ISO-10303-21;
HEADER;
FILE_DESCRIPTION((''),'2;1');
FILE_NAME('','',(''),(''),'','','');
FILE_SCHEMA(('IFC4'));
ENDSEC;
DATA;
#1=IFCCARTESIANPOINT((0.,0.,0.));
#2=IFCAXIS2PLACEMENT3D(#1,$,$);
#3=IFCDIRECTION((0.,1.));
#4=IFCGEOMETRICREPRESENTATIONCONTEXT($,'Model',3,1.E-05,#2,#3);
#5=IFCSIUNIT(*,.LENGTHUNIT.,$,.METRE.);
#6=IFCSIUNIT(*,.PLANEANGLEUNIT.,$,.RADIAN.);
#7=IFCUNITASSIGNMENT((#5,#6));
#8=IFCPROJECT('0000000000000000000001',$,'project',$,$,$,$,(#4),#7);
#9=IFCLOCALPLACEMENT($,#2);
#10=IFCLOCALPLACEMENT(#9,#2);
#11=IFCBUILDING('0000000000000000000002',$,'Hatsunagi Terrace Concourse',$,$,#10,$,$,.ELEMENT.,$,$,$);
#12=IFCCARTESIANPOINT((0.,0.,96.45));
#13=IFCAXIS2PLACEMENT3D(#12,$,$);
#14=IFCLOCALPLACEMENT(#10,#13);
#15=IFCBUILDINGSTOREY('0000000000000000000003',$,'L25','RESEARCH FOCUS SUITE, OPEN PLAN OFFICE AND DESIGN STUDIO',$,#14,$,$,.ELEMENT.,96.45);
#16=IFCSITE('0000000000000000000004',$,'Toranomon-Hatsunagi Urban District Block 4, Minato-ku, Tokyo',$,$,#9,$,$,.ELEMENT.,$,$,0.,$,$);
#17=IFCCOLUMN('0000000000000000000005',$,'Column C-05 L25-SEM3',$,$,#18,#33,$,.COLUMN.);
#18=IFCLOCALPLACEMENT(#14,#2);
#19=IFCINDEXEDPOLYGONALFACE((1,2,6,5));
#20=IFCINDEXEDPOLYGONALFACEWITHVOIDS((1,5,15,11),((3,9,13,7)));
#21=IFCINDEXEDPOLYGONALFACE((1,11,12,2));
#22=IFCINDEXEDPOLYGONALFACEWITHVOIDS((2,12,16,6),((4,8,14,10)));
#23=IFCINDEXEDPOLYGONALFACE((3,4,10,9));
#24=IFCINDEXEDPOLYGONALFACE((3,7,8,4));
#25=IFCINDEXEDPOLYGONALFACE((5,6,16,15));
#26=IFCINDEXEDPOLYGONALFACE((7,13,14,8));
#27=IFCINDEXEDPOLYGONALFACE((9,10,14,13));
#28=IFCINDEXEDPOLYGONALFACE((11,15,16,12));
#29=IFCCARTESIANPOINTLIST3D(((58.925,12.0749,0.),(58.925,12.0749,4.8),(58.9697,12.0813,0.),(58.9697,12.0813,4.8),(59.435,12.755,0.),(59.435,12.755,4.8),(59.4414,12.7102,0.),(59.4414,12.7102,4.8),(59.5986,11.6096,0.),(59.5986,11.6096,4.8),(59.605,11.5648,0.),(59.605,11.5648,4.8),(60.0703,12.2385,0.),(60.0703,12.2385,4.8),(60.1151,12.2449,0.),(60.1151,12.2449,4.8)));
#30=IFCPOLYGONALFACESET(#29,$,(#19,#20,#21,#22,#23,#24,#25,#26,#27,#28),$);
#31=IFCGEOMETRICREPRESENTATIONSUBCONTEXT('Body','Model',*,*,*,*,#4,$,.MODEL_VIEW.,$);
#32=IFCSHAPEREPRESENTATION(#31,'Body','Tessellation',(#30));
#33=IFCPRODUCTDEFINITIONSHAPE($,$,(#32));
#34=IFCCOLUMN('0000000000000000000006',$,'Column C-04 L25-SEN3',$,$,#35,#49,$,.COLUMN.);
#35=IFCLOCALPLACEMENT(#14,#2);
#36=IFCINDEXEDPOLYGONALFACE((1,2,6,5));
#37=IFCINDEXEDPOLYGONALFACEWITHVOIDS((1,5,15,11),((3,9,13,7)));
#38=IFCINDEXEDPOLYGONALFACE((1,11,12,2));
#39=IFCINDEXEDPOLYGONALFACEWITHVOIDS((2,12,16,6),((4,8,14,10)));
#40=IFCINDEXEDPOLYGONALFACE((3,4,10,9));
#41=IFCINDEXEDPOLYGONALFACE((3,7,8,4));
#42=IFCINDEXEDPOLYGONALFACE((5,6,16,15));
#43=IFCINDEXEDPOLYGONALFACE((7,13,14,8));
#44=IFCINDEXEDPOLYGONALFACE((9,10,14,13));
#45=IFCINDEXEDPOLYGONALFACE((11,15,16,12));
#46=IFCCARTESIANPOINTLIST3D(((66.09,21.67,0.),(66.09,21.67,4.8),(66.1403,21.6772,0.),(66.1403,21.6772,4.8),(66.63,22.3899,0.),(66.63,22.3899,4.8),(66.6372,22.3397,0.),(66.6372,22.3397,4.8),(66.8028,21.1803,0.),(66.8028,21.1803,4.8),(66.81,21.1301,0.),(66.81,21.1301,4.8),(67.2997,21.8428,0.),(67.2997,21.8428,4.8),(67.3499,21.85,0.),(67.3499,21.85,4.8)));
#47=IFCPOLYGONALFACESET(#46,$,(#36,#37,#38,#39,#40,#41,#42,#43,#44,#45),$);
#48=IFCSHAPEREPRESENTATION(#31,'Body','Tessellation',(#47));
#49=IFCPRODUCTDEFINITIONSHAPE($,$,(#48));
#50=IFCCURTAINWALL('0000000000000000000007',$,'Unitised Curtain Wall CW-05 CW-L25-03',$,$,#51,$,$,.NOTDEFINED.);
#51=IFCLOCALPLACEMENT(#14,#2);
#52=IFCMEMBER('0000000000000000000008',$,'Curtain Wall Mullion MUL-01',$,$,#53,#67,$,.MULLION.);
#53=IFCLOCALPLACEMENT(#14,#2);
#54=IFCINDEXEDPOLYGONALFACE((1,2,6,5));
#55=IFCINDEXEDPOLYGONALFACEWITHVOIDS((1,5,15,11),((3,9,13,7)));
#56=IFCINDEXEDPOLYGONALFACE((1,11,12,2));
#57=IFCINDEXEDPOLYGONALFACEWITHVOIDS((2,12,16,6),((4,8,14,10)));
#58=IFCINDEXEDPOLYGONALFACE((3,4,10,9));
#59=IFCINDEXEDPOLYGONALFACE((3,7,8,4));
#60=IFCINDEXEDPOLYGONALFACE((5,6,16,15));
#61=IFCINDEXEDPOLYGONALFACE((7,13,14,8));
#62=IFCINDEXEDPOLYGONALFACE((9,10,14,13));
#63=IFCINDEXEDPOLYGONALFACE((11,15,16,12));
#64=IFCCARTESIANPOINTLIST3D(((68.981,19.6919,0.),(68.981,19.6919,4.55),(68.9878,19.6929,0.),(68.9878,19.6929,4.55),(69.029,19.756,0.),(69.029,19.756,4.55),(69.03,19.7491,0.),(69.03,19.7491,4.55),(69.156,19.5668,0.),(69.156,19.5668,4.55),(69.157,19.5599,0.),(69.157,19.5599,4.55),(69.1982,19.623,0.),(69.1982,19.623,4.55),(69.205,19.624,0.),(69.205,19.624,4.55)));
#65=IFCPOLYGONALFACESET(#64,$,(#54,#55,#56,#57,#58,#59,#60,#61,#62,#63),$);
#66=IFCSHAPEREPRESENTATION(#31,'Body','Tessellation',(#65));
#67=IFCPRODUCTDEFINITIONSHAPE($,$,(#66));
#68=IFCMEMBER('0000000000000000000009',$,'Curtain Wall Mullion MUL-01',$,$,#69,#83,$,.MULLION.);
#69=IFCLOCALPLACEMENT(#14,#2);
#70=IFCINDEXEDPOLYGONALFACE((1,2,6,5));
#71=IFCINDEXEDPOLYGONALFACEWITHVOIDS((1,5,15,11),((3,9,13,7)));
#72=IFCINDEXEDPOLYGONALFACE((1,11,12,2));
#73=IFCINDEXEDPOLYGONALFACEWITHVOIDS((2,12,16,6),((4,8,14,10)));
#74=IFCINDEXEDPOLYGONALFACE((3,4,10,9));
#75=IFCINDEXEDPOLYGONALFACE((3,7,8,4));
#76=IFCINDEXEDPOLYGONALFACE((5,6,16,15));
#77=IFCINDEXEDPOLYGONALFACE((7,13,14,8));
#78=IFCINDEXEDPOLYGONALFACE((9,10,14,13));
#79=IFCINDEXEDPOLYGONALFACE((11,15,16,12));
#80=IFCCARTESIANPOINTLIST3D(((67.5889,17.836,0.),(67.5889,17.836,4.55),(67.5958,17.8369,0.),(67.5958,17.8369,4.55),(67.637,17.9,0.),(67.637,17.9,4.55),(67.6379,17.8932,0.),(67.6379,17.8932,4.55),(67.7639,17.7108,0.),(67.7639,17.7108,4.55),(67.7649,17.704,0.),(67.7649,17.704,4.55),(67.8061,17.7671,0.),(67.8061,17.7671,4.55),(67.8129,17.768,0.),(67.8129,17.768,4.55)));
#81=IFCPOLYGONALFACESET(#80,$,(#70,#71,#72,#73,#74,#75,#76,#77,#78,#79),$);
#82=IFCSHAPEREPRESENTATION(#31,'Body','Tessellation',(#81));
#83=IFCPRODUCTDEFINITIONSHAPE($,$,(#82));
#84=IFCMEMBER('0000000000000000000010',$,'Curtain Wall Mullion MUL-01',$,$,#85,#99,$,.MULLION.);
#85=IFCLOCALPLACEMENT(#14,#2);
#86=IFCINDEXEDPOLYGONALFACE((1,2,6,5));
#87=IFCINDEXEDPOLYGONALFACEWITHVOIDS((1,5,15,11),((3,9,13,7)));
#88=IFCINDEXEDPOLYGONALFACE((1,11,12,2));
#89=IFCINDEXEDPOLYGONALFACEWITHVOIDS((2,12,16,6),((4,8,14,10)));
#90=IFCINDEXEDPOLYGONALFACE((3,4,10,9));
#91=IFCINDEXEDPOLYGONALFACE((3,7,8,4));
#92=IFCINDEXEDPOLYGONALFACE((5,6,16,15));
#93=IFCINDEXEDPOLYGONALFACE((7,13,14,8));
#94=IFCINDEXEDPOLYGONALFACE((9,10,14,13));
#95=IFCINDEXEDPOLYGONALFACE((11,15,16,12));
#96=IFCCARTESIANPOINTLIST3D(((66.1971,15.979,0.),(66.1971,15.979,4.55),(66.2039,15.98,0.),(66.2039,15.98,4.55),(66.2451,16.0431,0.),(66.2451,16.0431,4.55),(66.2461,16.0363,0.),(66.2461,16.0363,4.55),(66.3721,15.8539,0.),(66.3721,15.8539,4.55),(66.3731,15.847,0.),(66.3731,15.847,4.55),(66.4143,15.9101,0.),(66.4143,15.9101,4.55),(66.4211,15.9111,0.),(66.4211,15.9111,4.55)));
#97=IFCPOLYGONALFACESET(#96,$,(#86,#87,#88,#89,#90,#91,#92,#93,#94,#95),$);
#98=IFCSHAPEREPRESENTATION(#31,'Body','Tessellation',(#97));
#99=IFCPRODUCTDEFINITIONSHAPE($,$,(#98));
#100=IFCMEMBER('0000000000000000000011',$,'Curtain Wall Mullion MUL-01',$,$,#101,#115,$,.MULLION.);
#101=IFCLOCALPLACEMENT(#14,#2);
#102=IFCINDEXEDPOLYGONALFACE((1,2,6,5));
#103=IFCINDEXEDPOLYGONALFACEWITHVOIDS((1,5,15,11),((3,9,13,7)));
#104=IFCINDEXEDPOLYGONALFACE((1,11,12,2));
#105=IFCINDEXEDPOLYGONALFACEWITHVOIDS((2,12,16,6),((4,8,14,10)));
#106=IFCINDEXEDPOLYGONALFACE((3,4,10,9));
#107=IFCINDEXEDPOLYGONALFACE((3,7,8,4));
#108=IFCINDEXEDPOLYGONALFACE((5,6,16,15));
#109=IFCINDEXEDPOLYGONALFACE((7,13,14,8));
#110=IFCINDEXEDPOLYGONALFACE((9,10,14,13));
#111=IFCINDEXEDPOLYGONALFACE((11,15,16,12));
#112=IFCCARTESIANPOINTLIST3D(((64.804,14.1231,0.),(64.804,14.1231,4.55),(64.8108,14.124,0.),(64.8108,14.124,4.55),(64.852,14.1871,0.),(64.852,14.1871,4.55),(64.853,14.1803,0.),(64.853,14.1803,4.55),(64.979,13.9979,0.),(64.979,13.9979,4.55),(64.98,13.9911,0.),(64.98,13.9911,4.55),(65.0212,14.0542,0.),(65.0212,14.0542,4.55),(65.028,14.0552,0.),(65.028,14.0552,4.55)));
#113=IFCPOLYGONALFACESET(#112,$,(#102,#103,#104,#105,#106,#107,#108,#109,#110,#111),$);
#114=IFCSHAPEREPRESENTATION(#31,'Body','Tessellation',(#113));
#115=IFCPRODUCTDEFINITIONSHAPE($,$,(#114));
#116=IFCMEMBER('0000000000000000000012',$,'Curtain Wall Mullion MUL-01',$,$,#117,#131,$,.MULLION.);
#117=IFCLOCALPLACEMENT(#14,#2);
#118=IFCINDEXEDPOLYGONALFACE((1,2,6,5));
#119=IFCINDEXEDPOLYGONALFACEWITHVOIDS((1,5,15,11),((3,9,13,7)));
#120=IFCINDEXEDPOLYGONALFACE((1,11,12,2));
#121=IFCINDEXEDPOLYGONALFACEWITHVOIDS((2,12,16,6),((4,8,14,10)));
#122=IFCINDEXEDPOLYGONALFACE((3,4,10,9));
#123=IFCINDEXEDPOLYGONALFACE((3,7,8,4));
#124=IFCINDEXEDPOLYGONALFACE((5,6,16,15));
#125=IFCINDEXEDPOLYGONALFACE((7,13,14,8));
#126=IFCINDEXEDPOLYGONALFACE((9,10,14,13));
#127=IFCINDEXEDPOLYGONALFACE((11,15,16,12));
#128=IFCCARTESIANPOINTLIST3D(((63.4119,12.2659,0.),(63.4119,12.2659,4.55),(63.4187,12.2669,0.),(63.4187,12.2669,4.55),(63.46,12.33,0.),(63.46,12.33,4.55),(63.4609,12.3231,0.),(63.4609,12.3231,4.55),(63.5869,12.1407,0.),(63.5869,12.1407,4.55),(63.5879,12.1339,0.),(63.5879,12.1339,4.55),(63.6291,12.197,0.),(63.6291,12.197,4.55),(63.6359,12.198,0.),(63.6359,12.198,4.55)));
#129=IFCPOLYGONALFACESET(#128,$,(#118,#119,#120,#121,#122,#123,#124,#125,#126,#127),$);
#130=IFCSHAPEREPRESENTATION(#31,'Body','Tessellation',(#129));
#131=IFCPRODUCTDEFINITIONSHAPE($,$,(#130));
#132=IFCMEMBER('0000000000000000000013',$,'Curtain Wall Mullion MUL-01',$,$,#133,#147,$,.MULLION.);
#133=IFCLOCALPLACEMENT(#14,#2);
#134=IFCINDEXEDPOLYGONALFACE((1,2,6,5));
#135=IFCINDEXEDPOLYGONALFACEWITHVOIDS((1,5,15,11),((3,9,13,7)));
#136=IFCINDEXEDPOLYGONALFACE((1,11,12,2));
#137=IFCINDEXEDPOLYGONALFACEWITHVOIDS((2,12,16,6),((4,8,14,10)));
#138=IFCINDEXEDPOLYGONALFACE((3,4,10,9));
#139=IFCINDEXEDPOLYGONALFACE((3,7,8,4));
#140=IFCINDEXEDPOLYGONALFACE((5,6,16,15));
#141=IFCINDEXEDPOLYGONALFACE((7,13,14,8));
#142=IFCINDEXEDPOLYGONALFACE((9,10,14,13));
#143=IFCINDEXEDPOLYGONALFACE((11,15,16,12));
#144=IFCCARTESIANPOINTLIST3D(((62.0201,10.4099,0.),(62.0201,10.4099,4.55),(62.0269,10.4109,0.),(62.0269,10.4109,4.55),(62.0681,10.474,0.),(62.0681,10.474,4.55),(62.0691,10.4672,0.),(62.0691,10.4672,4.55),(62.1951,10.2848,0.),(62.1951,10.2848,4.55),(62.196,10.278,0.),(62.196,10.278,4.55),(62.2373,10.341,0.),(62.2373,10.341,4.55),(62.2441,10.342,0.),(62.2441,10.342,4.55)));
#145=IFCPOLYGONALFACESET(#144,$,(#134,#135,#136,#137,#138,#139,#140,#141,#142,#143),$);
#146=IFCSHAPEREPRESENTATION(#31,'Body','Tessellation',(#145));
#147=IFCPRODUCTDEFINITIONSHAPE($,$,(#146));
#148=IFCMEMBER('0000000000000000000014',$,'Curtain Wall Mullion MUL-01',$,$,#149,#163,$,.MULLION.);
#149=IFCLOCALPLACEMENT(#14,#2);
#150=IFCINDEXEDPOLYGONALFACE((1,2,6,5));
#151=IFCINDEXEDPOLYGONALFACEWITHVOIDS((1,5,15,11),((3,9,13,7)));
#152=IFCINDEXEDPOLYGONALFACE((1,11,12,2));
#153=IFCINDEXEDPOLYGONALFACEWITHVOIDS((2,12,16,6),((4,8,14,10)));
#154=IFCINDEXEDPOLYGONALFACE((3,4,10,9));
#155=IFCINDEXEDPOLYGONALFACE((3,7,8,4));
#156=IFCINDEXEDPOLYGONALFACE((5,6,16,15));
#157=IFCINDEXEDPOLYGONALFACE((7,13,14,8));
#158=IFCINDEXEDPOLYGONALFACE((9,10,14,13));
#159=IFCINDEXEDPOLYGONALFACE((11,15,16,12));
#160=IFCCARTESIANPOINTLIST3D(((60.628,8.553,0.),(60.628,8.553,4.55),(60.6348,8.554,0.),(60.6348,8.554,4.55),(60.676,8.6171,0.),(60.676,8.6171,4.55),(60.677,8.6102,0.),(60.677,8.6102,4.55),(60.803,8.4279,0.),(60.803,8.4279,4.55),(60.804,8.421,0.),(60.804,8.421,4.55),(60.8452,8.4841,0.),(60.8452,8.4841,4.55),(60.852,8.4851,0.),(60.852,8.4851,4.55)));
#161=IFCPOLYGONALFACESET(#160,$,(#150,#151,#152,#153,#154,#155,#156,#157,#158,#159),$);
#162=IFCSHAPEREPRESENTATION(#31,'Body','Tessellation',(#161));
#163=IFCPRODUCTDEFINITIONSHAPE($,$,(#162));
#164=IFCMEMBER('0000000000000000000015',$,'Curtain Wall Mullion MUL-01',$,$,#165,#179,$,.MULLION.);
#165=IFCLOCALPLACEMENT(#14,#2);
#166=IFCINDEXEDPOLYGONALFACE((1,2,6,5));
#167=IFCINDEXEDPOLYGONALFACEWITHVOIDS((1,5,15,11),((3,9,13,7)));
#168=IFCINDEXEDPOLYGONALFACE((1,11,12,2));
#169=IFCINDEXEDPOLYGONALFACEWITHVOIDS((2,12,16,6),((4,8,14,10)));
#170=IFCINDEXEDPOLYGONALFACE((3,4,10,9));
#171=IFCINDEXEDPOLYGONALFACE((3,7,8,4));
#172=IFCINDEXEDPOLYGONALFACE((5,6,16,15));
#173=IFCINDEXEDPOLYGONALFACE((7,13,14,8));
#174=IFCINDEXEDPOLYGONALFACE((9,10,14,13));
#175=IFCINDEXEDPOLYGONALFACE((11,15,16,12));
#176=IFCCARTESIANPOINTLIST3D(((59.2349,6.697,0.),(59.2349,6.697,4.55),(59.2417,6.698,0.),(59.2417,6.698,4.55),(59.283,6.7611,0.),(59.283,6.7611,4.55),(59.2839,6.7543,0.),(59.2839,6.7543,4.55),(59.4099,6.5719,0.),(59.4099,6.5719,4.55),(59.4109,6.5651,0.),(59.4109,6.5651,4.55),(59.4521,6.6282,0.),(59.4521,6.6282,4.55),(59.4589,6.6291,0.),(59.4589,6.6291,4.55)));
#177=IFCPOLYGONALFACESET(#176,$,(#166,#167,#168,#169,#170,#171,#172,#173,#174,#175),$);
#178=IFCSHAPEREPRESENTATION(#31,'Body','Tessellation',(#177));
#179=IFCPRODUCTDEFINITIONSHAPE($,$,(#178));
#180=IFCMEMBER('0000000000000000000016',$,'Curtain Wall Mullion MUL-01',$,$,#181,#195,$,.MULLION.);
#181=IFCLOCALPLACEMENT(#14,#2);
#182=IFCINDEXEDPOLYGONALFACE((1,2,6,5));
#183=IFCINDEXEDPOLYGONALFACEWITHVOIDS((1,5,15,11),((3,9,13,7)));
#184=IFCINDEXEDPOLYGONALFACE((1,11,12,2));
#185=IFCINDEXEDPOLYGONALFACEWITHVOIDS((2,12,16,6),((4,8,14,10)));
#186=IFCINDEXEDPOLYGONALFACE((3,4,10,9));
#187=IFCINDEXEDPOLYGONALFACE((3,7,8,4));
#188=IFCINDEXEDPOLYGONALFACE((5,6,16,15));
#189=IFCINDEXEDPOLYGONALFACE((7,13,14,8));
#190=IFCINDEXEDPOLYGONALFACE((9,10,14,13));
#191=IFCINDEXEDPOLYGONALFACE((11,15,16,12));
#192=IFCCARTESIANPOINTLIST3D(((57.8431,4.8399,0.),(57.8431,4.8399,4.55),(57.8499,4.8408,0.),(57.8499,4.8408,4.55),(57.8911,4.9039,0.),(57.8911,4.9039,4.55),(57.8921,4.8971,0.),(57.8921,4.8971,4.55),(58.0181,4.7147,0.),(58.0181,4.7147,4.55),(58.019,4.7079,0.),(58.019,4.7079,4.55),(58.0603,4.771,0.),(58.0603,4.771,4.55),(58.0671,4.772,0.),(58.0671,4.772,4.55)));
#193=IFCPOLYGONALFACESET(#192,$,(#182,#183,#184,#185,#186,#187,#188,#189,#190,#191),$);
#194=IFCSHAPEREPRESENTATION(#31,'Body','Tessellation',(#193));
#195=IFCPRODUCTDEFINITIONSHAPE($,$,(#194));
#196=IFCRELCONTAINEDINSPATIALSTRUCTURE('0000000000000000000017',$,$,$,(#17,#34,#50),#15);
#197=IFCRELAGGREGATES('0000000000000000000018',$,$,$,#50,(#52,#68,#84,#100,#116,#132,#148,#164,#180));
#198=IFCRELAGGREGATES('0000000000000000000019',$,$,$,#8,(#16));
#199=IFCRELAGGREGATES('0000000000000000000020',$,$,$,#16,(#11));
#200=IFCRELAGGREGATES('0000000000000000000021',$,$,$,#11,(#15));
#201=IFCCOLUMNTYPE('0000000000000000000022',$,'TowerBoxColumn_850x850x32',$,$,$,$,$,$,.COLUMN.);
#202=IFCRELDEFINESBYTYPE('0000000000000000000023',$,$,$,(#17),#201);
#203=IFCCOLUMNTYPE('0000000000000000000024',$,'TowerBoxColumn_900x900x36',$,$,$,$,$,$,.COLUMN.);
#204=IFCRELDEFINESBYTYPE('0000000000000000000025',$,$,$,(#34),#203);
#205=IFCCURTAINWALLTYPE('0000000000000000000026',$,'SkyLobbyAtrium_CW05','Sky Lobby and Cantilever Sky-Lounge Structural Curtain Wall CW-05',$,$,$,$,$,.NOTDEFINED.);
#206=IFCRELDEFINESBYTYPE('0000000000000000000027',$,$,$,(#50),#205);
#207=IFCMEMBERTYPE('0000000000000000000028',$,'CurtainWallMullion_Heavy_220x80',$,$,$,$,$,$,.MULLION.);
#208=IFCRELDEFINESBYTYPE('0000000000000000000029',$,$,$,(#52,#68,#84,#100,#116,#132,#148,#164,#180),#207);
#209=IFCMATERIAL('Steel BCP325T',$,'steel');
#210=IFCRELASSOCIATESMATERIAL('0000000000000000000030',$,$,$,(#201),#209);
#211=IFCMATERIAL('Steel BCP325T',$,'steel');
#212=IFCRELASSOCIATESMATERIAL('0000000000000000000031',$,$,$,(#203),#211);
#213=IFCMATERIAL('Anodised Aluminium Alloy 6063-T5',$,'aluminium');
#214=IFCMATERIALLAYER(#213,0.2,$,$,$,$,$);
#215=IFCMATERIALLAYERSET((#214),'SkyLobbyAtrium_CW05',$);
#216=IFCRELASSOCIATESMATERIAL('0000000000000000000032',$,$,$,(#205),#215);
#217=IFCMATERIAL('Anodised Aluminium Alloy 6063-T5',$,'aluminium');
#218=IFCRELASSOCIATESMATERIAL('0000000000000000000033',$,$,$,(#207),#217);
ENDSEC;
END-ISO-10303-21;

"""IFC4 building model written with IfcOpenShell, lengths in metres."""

from ifc_helpers import new_model, si_unit, direction, frame, origin, origin_2d, place, context, subcontext, project, spatial, hollow_rectangle, extrude, material, layer, layer_set, material_profile, profile_set, type_object, element, aggregate, save


model = new_model("IFC4")

# Units and contexts
model_context = context("Model", 3, precision=1e-05, world=origin(), true_north=direction((0.0, 1.0)))
body_context = subcontext(model_context, "Body", "Model", "MODEL_VIEW")
ifc_project = project(units=[si_unit("LENGTHUNIT", "METRE"), si_unit("PLANEANGLEUNIT", "RADIAN")], contexts=[model_context])

# Site, building, storey
site_placement = place(None, origin())
site = spatial("IfcSite", under=ifc_project, at=site_placement, Name="Toranomon-Hatsunagi Urban District Block 4, Minato-ku, Tokyo", CompositionType="ELEMENT", RefElevation=0.0)
building_placement = place(site_placement, origin())
building = spatial("IfcBuilding", under=site, at=building_placement, Name="Hatsunagi Terrace Concourse", CompositionType="ELEMENT")
storey_placement = place(building_placement, frame((0.0, 0.0, 96.45)))
storey = spatial("IfcBuildingStorey", under=building, at=storey_placement, Name="L25", Description="RESEARCH FOCUS SUITE, OPEN PLAN OFFICE AND DESIGN STUDIO", CompositionType="ELEMENT", Elevation=96.45)

# Columns
ifc_material_1 = material(Name="Steel BCP325T", Category="steel")
ifc_material_profile_1 = material_profile(ifc_material_1, hollow_rectangle(XDim=0.8501, YDim=0.8501, WallThickness=0.032, at=origin_2d()), Name="BCP-850x850x32")
ifc_profile_set_1 = profile_set([ifc_material_profile_1], Name="Steel BCP325T")
column_type_1 = type_object("IfcColumnType", Name="TowerBoxColumn_850x850x32", PredefinedType="COLUMN", material=ifc_profile_set_1)
column_1_placement = place(storey_placement, frame((59.52, 12.1599, 0.0), z_axis=(0.0, 0.0, 1.0), x_axis=(0.8, -0.6, 0.0)))
element("IfcColumn", 1, at=column_1_placement, inside=storey, type_object=column_type_1, Name="Column C-05 L25-SEM3", PredefinedType="COLUMN", context=body_context, shape_type="SweptSolid", body=[
    extrude(hollow_rectangle(XDim=0.8501, YDim=0.8501, WallThickness=0.032, at=origin_2d()), origin(), (0.0, 0.0, 1.0), 4.8),
])
ifc_material_2 = material(Name="Steel BCP325T", Category="steel")
ifc_material_profile_2 = material_profile(ifc_material_2, hollow_rectangle(XDim=0.8999, YDim=0.8999, WallThickness=0.0359, at=origin_2d()), Name="BCP-900x900x36")
ifc_profile_set_2 = profile_set([ifc_material_profile_2], Name="Steel BCP325T")
column_type_2 = type_object("IfcColumnType", Name="TowerBoxColumn_900x900x36", PredefinedType="COLUMN", material=ifc_profile_set_2)
column_2_placement = place(storey_placement, frame((66.72, 21.76, 0.0), z_axis=(0.0, 0.0, 1.0), x_axis=(0.8, -0.6, 0.0)))
element("IfcColumn", 2, at=column_2_placement, inside=storey, type_object=column_type_2, Name="Column C-04 L25-SEN3", PredefinedType="COLUMN", context=body_context, shape_type="SweptSolid", body=[
    extrude(hollow_rectangle(XDim=0.8999, YDim=0.8999, WallThickness=0.0359, at=origin_2d()), origin(), (0.0, 0.0, 1.0), 4.8),
])

# Curtain wall, members
ifc_material_3 = material(Name="Anodised Aluminium Alloy 6063-T5", Category="aluminium")
ifc_layer_1 = layer(ifc_material_3, 0.2)
ifc_layer_set_1 = layer_set([ifc_layer_1], Name="SkyLobbyAtrium_CW05")
curtain_wall_type = type_object("IfcCurtainWallType", Name="SkyLobbyAtrium_CW05", Description="Sky Lobby and Cantilever Sky-Lounge Structural Curtain Wall CW-05", PredefinedType="NOTDEFINED", material=ifc_layer_set_1)
curtain_wall_placement = place(storey_placement, origin())
curtain_wall = element("IfcCurtainWall", 3, at=curtain_wall_placement, inside=storey, type_object=curtain_wall_type, Name="Unitised Curtain Wall CW-05 CW-L25-03", PredefinedType="NOTDEFINED")
ifc_material_4 = material(Name="Anodised Aluminium Alloy 6063-T5", Category="aluminium")
ifc_material_profile_3 = material_profile(ifc_material_4, hollow_rectangle(XDim=0.0801, YDim=0.22, WallThickness=0.0049, at=origin_2d()), Name="ALU-MUL-220x80x5")
ifc_profile_set_3 = profile_set([ifc_material_profile_3], Name="Anodised Aluminium Alloy 6063-T5")
member_type_1 = type_object("IfcMemberType", Name="CurtainWallMullion_Heavy_220x80", PredefinedType="MULLION", material=ifc_profile_set_3)
member_1_placement = place(storey_placement, frame((69.093, 19.658, 0.0), z_axis=(0.0, 0.0, 1.0), x_axis=(-0.599969, -0.800023, 0.0)))
member_1 = element("IfcMember", 4, at=member_1_placement, type_object=member_type_1, Name="Curtain Wall Mullion MUL-01", PredefinedType="MULLION", context=body_context, shape_type="SweptSolid", body=[
    extrude(hollow_rectangle(XDim=0.0801, YDim=0.22, WallThickness=0.0049, at=origin_2d()), origin(), (0.0, 0.0, 1.0), 4.55),
])
member_2_placement = place(storey_placement, frame((67.7009, 17.802, 0.0), z_axis=(0.0, 0.0, 1.0), x_axis=(-0.599969, -0.800023, 0.0)))
member_2 = element("IfcMember", 5, at=member_2_placement, type_object=member_type_1, Name="Curtain Wall Mullion MUL-01", PredefinedType="MULLION", context=body_context, shape_type="SweptSolid", body=[
    extrude(hollow_rectangle(XDim=0.0801, YDim=0.22, WallThickness=0.0049, at=origin_2d()), origin(), (0.0, 0.0, 1.0), 4.55),
])
member_3_placement = place(storey_placement, frame((66.3091, 15.9451, 0.0), z_axis=(0.0, 0.0, 1.0), x_axis=(-0.599969, -0.800023, 0.0)))
member_3 = element("IfcMember", 6, at=member_3_placement, type_object=member_type_1, Name="Curtain Wall Mullion MUL-01", PredefinedType="MULLION", context=body_context, shape_type="SweptSolid", body=[
    extrude(hollow_rectangle(XDim=0.0801, YDim=0.22, WallThickness=0.0049, at=origin_2d()), origin(), (0.0, 0.0, 1.0), 4.55),
])
member_4_placement = place(storey_placement, frame((64.916, 14.0891, 0.0), z_axis=(0.0, 0.0, 1.0), x_axis=(-0.599969, -0.800023, 0.0)))
member_4 = element("IfcMember", 7, at=member_4_placement, type_object=member_type_1, Name="Curtain Wall Mullion MUL-01", PredefinedType="MULLION", context=body_context, shape_type="SweptSolid", body=[
    extrude(hollow_rectangle(XDim=0.0801, YDim=0.22, WallThickness=0.0049, at=origin_2d()), origin(), (0.0, 0.0, 1.0), 4.55),
])
member_5_placement = place(storey_placement, frame((63.5239, 12.2319, 0.0), z_axis=(0.0, 0.0, 1.0), x_axis=(-0.599969, -0.800023, 0.0)))
member_5 = element("IfcMember", 8, at=member_5_placement, type_object=member_type_1, Name="Curtain Wall Mullion MUL-01", PredefinedType="MULLION", context=body_context, shape_type="SweptSolid", body=[
    extrude(hollow_rectangle(XDim=0.0801, YDim=0.22, WallThickness=0.0049, at=origin_2d()), origin(), (0.0, 0.0, 1.0), 4.55),
])
member_6_placement = place(storey_placement, frame((62.1321, 10.376, 0.0), z_axis=(0.0, 0.0, 1.0), x_axis=(-0.599969, -0.800023, 0.0)))
member_6 = element("IfcMember", 9, at=member_6_placement, type_object=member_type_1, Name="Curtain Wall Mullion MUL-01", PredefinedType="MULLION", context=body_context, shape_type="SweptSolid", body=[
    extrude(hollow_rectangle(XDim=0.0801, YDim=0.22, WallThickness=0.0049, at=origin_2d()), origin(), (0.0, 0.0, 1.0), 4.55),
])
member_7_placement = place(storey_placement, frame((60.74, 8.519, 0.0), z_axis=(0.0, 0.0, 1.0), x_axis=(-0.599969, -0.800023, 0.0)))
member_7 = element("IfcMember", 10, at=member_7_placement, type_object=member_type_1, Name="Curtain Wall Mullion MUL-01", PredefinedType="MULLION", context=body_context, shape_type="SweptSolid", body=[
    extrude(hollow_rectangle(XDim=0.0801, YDim=0.22, WallThickness=0.0049, at=origin_2d()), origin(), (0.0, 0.0, 1.0), 4.55),
])
member_8_placement = place(storey_placement, frame((59.3469, 6.6631, 0.0), z_axis=(0.0, 0.0, 1.0), x_axis=(-0.599969, -0.800023, 0.0)))
member_8 = element("IfcMember", 11, at=member_8_placement, type_object=member_type_1, Name="Curtain Wall Mullion MUL-01", PredefinedType="MULLION", context=body_context, shape_type="SweptSolid", body=[
    extrude(hollow_rectangle(XDim=0.0801, YDim=0.22, WallThickness=0.0049, at=origin_2d()), origin(), (0.0, 0.0, 1.0), 4.55),
])
member_9_placement = place(storey_placement, frame((57.9551, 4.8059, 0.0), z_axis=(0.0, 0.0, 1.0), x_axis=(-0.599969, -0.800023, 0.0)))
member_9 = element("IfcMember", 12, at=member_9_placement, type_object=member_type_1, Name="Curtain Wall Mullion MUL-01", PredefinedType="MULLION", context=body_context, shape_type="SweptSolid", body=[
    extrude(hollow_rectangle(XDim=0.0801, YDim=0.22, WallThickness=0.0049, at=origin_2d()), origin(), (0.0, 0.0, 1.0), 4.55),
])

aggregate(curtain_wall, [member_1, member_2, member_3, member_4, member_5, member_6, member_7, member_8, member_9])

save(model, "model.ifc")
